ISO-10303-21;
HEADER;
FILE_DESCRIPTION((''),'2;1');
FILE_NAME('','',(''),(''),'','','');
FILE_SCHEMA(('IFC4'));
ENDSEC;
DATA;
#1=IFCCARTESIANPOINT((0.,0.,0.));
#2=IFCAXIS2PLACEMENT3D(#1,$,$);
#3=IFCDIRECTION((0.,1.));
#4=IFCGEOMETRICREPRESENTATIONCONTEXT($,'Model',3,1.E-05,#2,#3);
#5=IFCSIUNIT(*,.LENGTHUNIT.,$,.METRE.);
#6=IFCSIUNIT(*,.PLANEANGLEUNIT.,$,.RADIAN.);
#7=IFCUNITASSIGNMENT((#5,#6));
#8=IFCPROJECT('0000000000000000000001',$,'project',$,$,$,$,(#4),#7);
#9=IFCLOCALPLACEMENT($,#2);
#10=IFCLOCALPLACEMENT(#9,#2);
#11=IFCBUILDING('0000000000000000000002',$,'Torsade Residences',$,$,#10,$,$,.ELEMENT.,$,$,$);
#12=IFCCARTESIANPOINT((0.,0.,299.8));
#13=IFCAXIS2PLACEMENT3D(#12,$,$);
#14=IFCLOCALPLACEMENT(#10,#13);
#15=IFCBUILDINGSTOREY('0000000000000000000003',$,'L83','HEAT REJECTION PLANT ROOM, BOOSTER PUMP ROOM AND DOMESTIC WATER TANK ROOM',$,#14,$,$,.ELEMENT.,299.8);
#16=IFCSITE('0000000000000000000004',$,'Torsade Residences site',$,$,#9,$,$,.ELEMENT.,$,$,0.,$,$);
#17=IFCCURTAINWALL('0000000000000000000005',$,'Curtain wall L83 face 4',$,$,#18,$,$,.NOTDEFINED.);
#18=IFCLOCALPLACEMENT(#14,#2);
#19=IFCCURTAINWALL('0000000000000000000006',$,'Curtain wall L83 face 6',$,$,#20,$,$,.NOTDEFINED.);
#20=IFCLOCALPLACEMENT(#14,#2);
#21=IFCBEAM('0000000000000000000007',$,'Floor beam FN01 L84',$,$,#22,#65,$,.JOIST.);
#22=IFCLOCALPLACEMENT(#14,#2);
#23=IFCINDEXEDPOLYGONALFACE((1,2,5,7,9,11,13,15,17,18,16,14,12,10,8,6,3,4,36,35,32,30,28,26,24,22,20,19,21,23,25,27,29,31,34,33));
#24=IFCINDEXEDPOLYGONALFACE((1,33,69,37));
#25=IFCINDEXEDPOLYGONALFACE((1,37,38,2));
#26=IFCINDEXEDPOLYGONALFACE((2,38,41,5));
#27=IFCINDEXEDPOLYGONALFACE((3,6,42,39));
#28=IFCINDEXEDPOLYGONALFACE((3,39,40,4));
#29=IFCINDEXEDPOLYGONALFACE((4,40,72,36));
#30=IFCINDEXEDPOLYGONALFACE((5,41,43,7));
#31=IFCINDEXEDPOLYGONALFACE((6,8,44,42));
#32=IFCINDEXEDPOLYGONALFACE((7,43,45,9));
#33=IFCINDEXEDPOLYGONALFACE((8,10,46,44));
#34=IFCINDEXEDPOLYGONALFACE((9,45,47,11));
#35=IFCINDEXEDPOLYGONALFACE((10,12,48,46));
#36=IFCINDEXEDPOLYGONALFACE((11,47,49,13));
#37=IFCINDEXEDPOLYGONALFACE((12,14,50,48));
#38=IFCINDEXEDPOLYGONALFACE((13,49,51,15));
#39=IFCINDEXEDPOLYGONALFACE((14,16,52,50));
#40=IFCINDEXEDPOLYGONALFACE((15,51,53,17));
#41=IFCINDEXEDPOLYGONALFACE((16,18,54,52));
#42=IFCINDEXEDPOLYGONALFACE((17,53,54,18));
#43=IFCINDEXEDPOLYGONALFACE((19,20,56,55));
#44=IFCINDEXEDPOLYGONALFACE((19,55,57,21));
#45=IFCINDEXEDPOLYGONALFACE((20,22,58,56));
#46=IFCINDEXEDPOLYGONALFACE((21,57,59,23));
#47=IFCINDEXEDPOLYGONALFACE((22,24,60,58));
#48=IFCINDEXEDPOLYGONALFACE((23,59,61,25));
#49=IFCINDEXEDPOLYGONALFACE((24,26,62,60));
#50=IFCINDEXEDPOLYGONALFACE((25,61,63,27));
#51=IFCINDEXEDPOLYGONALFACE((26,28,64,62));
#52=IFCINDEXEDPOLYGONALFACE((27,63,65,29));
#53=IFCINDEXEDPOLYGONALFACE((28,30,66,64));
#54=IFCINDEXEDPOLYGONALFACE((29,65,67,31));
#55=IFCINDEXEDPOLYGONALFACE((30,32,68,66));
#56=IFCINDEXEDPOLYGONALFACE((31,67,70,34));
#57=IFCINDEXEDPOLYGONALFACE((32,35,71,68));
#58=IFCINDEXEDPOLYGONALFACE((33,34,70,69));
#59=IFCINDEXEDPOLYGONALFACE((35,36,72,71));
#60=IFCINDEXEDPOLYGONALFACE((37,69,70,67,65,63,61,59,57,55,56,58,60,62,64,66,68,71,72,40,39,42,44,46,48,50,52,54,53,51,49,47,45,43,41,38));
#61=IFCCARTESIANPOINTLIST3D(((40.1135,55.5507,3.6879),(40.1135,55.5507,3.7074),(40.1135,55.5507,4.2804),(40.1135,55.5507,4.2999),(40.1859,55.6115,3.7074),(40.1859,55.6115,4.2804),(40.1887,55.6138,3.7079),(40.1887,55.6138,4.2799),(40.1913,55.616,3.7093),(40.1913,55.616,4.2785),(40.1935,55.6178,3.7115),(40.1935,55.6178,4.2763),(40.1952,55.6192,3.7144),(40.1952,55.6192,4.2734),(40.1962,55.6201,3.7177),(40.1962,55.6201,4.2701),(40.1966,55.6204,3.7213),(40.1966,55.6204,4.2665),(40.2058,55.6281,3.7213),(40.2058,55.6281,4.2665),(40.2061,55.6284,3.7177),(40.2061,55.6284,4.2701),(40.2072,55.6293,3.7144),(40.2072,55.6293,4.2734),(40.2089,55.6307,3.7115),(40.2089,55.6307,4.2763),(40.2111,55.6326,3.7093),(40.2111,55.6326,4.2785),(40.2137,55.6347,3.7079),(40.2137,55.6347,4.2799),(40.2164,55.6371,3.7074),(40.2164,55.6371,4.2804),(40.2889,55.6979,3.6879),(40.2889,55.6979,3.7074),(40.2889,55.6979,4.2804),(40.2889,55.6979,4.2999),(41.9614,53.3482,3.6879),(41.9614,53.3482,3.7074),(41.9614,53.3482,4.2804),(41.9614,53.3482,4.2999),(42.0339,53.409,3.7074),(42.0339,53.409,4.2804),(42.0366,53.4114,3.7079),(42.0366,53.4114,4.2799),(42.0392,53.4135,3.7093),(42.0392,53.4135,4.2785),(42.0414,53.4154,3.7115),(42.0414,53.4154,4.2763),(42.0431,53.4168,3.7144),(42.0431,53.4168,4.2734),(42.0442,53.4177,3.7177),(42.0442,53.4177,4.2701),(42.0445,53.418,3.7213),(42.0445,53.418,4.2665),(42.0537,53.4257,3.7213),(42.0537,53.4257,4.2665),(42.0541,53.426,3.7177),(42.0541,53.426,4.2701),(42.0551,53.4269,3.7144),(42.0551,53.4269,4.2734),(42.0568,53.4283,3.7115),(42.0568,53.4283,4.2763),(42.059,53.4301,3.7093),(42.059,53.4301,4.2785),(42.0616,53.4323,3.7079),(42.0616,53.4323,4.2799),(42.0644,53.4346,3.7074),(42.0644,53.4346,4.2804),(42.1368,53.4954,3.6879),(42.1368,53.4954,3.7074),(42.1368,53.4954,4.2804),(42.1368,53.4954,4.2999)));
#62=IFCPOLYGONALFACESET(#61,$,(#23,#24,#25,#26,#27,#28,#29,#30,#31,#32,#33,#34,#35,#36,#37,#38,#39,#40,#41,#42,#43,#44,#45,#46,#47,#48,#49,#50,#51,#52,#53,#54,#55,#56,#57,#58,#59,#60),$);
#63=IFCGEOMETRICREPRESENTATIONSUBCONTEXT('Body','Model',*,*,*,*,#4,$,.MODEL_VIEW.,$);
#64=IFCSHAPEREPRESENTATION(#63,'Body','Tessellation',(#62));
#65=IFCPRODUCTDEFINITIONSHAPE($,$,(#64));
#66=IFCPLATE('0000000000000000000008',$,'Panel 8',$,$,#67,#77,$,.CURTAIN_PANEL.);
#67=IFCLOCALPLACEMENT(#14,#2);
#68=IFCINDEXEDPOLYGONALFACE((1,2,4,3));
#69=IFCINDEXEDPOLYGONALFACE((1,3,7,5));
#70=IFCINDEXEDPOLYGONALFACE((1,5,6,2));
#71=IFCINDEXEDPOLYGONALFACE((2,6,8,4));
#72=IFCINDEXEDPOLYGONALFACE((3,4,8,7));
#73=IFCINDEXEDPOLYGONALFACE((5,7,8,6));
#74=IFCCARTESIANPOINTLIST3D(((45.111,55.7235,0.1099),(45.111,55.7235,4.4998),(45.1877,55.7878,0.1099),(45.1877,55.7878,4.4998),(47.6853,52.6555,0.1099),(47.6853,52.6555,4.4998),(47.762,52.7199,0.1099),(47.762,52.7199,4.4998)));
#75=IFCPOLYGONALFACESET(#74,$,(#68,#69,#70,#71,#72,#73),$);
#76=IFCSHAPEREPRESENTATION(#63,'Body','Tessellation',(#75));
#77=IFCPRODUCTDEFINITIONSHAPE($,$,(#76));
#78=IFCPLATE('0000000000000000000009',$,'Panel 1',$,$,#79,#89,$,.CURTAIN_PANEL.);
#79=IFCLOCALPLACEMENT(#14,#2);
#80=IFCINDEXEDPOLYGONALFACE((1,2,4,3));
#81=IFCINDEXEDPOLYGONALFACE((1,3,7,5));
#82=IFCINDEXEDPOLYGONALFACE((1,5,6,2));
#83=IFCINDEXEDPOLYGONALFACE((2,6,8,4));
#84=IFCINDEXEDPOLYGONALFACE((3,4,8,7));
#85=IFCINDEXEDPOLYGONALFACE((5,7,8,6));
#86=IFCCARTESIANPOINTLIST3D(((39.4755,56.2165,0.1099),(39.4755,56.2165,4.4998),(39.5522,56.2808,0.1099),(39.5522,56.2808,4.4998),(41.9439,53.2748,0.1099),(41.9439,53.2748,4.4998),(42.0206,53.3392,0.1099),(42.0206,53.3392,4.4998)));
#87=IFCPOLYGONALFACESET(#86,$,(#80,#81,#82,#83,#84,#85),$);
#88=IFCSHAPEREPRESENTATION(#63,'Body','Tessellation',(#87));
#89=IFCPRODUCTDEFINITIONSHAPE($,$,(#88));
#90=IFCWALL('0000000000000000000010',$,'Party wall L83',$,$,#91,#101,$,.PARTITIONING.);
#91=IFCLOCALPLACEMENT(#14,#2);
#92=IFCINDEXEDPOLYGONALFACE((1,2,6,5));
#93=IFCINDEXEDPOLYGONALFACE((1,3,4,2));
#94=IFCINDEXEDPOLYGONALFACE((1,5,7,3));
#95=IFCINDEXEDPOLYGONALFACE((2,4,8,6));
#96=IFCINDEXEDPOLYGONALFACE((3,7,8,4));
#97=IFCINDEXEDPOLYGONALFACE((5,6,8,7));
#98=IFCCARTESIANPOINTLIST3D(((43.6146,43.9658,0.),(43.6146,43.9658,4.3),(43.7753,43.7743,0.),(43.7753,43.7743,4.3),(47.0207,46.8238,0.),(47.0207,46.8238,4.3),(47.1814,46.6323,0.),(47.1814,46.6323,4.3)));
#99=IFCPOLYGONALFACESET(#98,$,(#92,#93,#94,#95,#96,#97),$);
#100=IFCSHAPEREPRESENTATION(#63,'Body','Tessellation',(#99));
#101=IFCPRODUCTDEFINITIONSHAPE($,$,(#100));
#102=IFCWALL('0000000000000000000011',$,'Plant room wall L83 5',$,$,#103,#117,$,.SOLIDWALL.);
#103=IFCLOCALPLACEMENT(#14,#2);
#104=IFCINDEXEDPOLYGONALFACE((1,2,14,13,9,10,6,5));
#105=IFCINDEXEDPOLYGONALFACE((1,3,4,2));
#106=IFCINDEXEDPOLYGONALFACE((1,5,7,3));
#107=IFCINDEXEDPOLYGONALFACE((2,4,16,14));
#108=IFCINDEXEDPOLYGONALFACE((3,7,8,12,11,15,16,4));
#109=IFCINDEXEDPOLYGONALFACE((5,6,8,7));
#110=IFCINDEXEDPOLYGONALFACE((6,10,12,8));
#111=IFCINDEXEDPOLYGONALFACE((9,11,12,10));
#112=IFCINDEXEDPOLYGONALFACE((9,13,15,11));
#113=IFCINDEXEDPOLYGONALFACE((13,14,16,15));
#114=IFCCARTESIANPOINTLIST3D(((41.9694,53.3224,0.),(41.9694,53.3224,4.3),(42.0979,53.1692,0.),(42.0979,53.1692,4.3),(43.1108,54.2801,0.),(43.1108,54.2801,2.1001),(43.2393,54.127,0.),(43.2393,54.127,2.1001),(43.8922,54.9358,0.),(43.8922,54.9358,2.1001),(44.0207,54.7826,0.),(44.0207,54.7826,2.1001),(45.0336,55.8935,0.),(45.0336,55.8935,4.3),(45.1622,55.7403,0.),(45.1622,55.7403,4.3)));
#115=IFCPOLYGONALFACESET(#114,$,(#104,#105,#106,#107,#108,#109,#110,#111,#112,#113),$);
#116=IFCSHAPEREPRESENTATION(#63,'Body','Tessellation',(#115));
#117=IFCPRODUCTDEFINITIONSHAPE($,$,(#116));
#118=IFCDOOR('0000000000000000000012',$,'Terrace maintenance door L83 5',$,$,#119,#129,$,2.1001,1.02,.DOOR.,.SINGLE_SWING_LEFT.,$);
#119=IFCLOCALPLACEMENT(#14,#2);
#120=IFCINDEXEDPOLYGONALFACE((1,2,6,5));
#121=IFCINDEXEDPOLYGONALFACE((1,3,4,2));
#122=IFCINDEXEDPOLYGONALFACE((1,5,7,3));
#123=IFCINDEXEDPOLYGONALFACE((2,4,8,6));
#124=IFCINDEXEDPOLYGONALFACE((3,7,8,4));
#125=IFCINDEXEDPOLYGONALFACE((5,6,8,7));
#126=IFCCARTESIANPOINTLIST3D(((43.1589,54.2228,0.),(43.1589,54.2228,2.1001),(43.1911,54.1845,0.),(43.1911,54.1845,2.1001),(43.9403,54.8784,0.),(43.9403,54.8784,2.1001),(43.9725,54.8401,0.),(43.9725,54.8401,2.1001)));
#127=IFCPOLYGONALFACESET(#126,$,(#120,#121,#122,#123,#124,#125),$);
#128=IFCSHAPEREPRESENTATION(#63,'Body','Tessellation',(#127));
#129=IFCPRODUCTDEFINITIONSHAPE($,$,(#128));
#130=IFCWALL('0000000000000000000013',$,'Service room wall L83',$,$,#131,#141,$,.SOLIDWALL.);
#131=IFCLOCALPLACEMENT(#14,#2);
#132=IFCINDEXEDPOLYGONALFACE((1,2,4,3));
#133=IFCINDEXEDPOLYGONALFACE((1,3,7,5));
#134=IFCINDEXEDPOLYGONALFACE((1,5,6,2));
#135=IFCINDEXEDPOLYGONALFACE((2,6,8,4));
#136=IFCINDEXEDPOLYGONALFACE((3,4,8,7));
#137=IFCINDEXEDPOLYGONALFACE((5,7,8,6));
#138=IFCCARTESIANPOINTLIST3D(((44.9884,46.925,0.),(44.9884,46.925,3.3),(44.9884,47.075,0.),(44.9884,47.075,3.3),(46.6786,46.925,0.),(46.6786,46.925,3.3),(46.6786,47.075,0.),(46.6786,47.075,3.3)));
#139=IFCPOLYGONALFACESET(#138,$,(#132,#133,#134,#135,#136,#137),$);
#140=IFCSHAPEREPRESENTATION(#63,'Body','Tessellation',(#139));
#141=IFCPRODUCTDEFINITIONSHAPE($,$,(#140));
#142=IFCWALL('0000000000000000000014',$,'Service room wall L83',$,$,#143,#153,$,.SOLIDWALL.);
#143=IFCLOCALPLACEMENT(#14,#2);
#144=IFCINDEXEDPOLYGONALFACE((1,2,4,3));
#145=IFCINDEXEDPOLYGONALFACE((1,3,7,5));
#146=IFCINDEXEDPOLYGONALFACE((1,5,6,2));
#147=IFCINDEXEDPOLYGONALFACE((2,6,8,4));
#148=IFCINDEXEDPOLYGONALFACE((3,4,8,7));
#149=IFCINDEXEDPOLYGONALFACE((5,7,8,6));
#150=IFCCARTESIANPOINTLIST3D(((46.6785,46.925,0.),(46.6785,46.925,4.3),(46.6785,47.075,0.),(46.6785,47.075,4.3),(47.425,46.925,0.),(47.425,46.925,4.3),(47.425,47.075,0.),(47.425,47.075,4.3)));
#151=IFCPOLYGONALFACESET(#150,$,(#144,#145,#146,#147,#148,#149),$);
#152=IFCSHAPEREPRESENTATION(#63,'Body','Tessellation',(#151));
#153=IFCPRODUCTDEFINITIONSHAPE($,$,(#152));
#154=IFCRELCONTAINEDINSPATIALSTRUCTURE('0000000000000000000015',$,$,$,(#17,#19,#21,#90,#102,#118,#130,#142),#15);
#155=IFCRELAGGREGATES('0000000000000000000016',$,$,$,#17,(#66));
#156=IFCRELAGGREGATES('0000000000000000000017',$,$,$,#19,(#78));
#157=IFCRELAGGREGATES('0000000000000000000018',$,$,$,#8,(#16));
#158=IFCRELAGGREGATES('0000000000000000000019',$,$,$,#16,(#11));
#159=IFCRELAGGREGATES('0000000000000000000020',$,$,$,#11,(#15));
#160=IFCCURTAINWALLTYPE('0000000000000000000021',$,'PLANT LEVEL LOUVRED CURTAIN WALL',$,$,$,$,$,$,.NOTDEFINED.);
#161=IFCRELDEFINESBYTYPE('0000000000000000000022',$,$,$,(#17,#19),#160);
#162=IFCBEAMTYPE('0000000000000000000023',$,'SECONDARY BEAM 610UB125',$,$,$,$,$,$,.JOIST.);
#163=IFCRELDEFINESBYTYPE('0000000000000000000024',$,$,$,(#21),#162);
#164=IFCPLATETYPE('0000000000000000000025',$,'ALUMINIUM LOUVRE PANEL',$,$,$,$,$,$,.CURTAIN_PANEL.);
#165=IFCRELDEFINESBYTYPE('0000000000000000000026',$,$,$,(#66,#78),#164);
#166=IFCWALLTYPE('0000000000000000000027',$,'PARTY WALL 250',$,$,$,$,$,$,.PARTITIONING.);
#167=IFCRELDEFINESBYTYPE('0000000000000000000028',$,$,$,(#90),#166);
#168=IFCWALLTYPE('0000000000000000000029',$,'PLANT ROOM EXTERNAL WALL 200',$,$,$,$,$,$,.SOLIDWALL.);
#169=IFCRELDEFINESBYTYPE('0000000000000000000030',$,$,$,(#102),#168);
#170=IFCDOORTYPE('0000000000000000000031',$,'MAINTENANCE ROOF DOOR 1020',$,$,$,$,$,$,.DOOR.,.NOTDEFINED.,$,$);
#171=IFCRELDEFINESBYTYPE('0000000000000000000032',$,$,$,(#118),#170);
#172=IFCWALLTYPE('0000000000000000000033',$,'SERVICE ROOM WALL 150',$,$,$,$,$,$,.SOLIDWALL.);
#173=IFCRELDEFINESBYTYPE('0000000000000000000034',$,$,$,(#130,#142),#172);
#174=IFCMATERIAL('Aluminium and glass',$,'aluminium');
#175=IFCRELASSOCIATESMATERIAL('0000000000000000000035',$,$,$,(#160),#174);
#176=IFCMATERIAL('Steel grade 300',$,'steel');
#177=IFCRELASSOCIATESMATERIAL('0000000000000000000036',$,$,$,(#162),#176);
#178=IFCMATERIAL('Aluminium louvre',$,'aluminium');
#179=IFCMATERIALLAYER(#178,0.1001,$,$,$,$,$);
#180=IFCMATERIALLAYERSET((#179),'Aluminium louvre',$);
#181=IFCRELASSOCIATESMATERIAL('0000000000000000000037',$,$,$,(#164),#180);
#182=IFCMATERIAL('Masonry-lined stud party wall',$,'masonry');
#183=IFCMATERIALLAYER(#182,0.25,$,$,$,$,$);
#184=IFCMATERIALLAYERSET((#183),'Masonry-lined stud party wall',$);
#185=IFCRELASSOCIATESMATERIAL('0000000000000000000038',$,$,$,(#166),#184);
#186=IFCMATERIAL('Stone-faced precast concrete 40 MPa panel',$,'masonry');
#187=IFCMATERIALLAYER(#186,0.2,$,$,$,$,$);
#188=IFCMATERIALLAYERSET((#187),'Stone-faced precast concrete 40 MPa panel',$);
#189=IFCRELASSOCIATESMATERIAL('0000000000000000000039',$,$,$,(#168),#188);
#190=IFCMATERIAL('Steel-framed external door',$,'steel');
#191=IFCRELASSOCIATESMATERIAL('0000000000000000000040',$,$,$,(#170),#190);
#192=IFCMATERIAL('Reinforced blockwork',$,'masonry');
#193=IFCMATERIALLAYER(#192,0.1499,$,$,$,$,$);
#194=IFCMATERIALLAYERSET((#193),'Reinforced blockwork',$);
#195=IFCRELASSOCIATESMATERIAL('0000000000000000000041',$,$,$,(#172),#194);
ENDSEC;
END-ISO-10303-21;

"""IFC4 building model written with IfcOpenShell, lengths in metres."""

from ifc_helpers import new_model, si_unit, direction, frame, frame_2d, origin, origin_2d, place, context, subcontext, project, spatial, rectangle, i_section, extrude, material, layer, layer_set, material_profile, profile_set, type_object, element, fill, aggregate, save


model = new_model("IFC4")

# Units and contexts
model_context = context("Model", 3, precision=1e-05, world=origin(), true_north=direction((0.0, 1.0)))
body_context = subcontext(model_context, "Body", "Model", "MODEL_VIEW")
ifc_project = project(units=[si_unit("LENGTHUNIT", "METRE"), si_unit("PLANEANGLEUNIT", "RADIAN")], contexts=[model_context])

# Site, building, storey
site_placement = place(None, origin())
site = spatial("IfcSite", under=ifc_project, at=site_placement, Name="Torsade Residences site", CompositionType="ELEMENT", RefElevation=0.0)
building_placement = place(site_placement, origin())
building = spatial("IfcBuilding", under=site, at=building_placement, Name="Torsade Residences", CompositionType="ELEMENT")
storey_placement = place(building_placement, frame((0.0, 0.0, 299.8)))
storey = spatial("IfcBuildingStorey", under=building, at=storey_placement, Name="L83", Description="HEAT REJECTION PLANT ROOM, BOOSTER PUMP ROOM AND DOMESTIC WATER TANK ROOM", CompositionType="ELEMENT", Elevation=299.8)

# Curtain wall
ifc_material_1 = material(Name="Aluminium and glass", Category="aluminium")
curtain_wall_type = type_object("IfcCurtainWallType", Name="PLANT LEVEL LOUVRED CURTAIN WALL", PredefinedType="NOTDEFINED", material=ifc_material_1)
curtain_wall_1_placement = place(storey_placement, origin())
curtain_wall_1 = element("IfcCurtainWall", 1, at=curtain_wall_1_placement, inside=storey, type_object=curtain_wall_type, Name="Curtain wall L83 face 4", PredefinedType="NOTDEFINED")

# Curtain wall
curtain_wall_2_placement = place(storey_placement, origin())
curtain_wall_2 = element("IfcCurtainWall", 2, at=curtain_wall_2_placement, inside=storey, type_object=curtain_wall_type, Name="Curtain wall L83 face 6", PredefinedType="NOTDEFINED")

# Beam
ifc_material_2 = material(Name="Steel grade 300", Category="steel")
ifc_material_profile_1 = material_profile(ifc_material_2, i_section(OverallWidth=0.229, OverallDepth=0.6121, WebThickness=0.012, FlangeThickness=0.0195, FilletRadius=0.0139, at=origin_2d()), Name="610UB125")
ifc_profile_set_1 = profile_set([ifc_material_profile_1], Name="Steel grade 300")
beam_type_1 = type_object("IfcBeamType", Name="SECONDARY BEAM 610UB125", PredefinedType="JOIST", material=ifc_profile_set_1)
for number, where, z_axis, x_axis, name in (
    (3, (40.2012, 55.6243, 3.9939), (0.642762, -0.766066, 0.0), (0.766066, 0.642762, 0.0), "Floor beam FN01 L84"),
):
    element("IfcBeam", number, at=place(storey_placement, frame(where, z_axis=z_axis, x_axis=x_axis)), inside=storey, type_object=beam_type_1, Name=name, PredefinedType="JOIST", context=body_context, shape_type="SweptSolid", body=[
        extrude(i_section(OverallWidth=0.229, OverallDepth=0.6121, WebThickness=0.012, FlangeThickness=0.0195, FilletRadius=0.0139, at=origin_2d()), origin(), (0.0, 0.0, 1.0), 2.875),
    ])

# Plates
ifc_material_3 = material(Name="Aluminium louvre", Category="aluminium")
ifc_layer_1 = layer(ifc_material_3, 0.1001)
ifc_layer_set_1 = layer_set([ifc_layer_1], Name="Aluminium louvre")
plate_type = type_object("IfcPlateType", Name="ALUMINIUM LOUVRE PANEL", PredefinedType="CURTAIN_PANEL", material=ifc_layer_set_1)
plate_1_placement = place(storey_placement, frame((46.4365, 54.2217, 0.1099), z_axis=(0.0, 0.0, 1.0), x_axis=(-0.642788, 0.766044, 0.0)))
plate_1 = element("IfcPlate", 4, at=plate_1_placement, type_object=plate_type, Name="Panel 8", PredefinedType="CURTAIN_PANEL", context=body_context, shape_type="SweptSolid", body=[
    extrude(rectangle(XDim=4.0049, YDim=0.1001, at=origin_2d()), origin(), (0.0, 0.0, 1.0), 4.3899),
])
aggregate(curtain_wall_1, [plate_1])
plate_2_placement = place(storey_placement, frame((40.748, 54.7778, 0.1099), z_axis=(0.0, 0.0, 1.0), x_axis=(-0.642788, 0.766044, 0.0)))
plate_2 = element("IfcPlate", 5, at=plate_2_placement, type_object=plate_type, Name="Panel 1", PredefinedType="CURTAIN_PANEL", context=body_context, shape_type="SweptSolid", body=[
    extrude(rectangle(XDim=3.8401, YDim=0.1001, at=origin_2d()), origin(), (0.0, 0.0, 1.0), 4.3899),
])
aggregate(curtain_wall_2, [plate_2])

# Wall
ifc_material_4 = material(Name="Masonry-lined stud party wall", Category="masonry")
ifc_layer_2 = layer(ifc_material_4, 0.25)
ifc_layer_set_2 = layer_set([ifc_layer_2], Name="Masonry-lined stud party wall")
wall_type_1 = type_object("IfcWallType", Name="PARTY WALL 250", PredefinedType="PARTITIONING", material=ifc_layer_set_2)
wall_1_placement = place(storey_placement, frame((47.1011, 46.728, 0.0), z_axis=(0.0, 0.0, 1.0), x_axis=(-0.766052, -0.642779, 0.0)))
element("IfcWall", 6, at=wall_1_placement, inside=storey, type_object=wall_type_1, Name="Party wall L83", PredefinedType="PARTITIONING", context=body_context, shape_type="SweptSolid", body=[
    extrude(rectangle(XDim=4.4463, YDim=0.25, at=frame_2d((2.2231, 0.0))), origin(), (0.0, 0.0, 1.0), 4.3),
])

# Wall, opening, door
ifc_material_5 = material(Name="Stone-faced precast concrete 40 MPa panel", Category="masonry")
ifc_layer_3 = layer(ifc_material_5, 0.2)
ifc_layer_set_3 = layer_set([ifc_layer_3], Name="Stone-faced precast concrete 40 MPa panel")
wall_type_2 = type_object("IfcWallType", Name="PLANT ROOM EXTERNAL WALL 200", PredefinedType="SOLIDWALL", material=ifc_layer_set_3)
wall_2_placement = place(storey_placement, frame((45.0979, 55.8169, 0.0), z_axis=(0.0, 0.0, 1.0), x_axis=(-0.766061, -0.642768, 0.0)))
wall_2 = element("IfcWall", 7, at=wall_2_placement, inside=storey, type_object=wall_type_2, Name="Plant room wall L83 5", PredefinedType="SOLIDWALL", context=body_context, shape_type="SweptSolid", body=[
    extrude(rectangle(XDim=4.0, YDim=0.2, at=frame_2d((2.0, 0.0))), origin(), (0.0, 0.0, 1.0), 4.3),
])
opening_placement = place(wall_2_placement, frame((1.49, 0.0, 0.0)))
opening = element("IfcOpeningElement", 8, at=opening_placement, cuts=wall_2, PredefinedType="OPENING", context=body_context, shape_type="SweptSolid", body=[
    extrude(rectangle(XDim=1.02, YDim=2.1001, at=frame_2d((0.51, 1.05))), frame((0.0, 0.1099, 0.0), z_axis=(0.0, -1.0, 0.0), x_axis=(1.0, 0.0, 0.0)), (0.0, 0.0, 1.0), 0.22),
])
ifc_material_6 = material(Name="Steel-framed external door", Category="steel")
door_type = type_object("IfcDoorType", Name="MAINTENANCE ROOF DOOR 1020", OperationType="NOTDEFINED", PredefinedType="DOOR", material=ifc_material_6)
door_placement = place(opening_placement, origin())
door = element("IfcDoor", 9, at=door_placement, inside=storey, type_object=door_type, Name="Terrace maintenance door L83 5", OperationType="SINGLE_SWING_LEFT", OverallHeight=2.1001, OverallWidth=1.02, PredefinedType="DOOR", context=body_context, shape_type="SweptSolid", body=[
    extrude(rectangle(XDim=1.02, YDim=2.1001, at=frame_2d((0.51, 1.05))), frame((0.0, 0.0249, 0.0), z_axis=(0.0, -1.0, 0.0), x_axis=(1.0, 0.0, 0.0)), (0.0, 0.0, 1.0), 0.05),
])
fill(opening, door)

# Walls
ifc_material_7 = material(Name="Reinforced blockwork", Category="masonry")
ifc_layer_4 = layer(ifc_material_7, 0.1499)
ifc_layer_set_4 = layer_set([ifc_layer_4], Name="Reinforced blockwork")
wall_type_3 = type_object("IfcWallType", Name="SERVICE ROOM WALL 150", PredefinedType="SOLIDWALL", material=ifc_layer_set_4)
wall_3_placement = place(storey_placement, frame((44.9883, 47.0, 0.0), z_axis=(0.0, 0.0, 1.0), x_axis=(1.0, 0.0, 0.0)))
element("IfcWall", 10, at=wall_3_placement, inside=storey, type_object=wall_type_3, Name="Service room wall L83", PredefinedType="SOLIDWALL", context=body_context, shape_type="SweptSolid", body=[
    extrude(rectangle(XDim=1.6902, YDim=0.1499, at=frame_2d((0.8452, 0.0))), origin(), (0.0, 0.0, 1.0), 3.3),
])
wall_4_placement = place(storey_placement, frame((46.6785, 47.0, 0.0), z_axis=(0.0, 0.0, 1.0), x_axis=(1.0, 0.0, 0.0)))
element("IfcWall", 11, at=wall_4_placement, inside=storey, type_object=wall_type_3, Name="Service room wall L83", PredefinedType="SOLIDWALL", context=body_context, shape_type="SweptSolid", body=[
    extrude(rectangle(XDim=0.7466, YDim=0.1499, at=frame_2d((0.3733, 0.0))), origin(), (0.0, 0.0, 1.0), 4.3),
])

save(model, "model.ifc")
